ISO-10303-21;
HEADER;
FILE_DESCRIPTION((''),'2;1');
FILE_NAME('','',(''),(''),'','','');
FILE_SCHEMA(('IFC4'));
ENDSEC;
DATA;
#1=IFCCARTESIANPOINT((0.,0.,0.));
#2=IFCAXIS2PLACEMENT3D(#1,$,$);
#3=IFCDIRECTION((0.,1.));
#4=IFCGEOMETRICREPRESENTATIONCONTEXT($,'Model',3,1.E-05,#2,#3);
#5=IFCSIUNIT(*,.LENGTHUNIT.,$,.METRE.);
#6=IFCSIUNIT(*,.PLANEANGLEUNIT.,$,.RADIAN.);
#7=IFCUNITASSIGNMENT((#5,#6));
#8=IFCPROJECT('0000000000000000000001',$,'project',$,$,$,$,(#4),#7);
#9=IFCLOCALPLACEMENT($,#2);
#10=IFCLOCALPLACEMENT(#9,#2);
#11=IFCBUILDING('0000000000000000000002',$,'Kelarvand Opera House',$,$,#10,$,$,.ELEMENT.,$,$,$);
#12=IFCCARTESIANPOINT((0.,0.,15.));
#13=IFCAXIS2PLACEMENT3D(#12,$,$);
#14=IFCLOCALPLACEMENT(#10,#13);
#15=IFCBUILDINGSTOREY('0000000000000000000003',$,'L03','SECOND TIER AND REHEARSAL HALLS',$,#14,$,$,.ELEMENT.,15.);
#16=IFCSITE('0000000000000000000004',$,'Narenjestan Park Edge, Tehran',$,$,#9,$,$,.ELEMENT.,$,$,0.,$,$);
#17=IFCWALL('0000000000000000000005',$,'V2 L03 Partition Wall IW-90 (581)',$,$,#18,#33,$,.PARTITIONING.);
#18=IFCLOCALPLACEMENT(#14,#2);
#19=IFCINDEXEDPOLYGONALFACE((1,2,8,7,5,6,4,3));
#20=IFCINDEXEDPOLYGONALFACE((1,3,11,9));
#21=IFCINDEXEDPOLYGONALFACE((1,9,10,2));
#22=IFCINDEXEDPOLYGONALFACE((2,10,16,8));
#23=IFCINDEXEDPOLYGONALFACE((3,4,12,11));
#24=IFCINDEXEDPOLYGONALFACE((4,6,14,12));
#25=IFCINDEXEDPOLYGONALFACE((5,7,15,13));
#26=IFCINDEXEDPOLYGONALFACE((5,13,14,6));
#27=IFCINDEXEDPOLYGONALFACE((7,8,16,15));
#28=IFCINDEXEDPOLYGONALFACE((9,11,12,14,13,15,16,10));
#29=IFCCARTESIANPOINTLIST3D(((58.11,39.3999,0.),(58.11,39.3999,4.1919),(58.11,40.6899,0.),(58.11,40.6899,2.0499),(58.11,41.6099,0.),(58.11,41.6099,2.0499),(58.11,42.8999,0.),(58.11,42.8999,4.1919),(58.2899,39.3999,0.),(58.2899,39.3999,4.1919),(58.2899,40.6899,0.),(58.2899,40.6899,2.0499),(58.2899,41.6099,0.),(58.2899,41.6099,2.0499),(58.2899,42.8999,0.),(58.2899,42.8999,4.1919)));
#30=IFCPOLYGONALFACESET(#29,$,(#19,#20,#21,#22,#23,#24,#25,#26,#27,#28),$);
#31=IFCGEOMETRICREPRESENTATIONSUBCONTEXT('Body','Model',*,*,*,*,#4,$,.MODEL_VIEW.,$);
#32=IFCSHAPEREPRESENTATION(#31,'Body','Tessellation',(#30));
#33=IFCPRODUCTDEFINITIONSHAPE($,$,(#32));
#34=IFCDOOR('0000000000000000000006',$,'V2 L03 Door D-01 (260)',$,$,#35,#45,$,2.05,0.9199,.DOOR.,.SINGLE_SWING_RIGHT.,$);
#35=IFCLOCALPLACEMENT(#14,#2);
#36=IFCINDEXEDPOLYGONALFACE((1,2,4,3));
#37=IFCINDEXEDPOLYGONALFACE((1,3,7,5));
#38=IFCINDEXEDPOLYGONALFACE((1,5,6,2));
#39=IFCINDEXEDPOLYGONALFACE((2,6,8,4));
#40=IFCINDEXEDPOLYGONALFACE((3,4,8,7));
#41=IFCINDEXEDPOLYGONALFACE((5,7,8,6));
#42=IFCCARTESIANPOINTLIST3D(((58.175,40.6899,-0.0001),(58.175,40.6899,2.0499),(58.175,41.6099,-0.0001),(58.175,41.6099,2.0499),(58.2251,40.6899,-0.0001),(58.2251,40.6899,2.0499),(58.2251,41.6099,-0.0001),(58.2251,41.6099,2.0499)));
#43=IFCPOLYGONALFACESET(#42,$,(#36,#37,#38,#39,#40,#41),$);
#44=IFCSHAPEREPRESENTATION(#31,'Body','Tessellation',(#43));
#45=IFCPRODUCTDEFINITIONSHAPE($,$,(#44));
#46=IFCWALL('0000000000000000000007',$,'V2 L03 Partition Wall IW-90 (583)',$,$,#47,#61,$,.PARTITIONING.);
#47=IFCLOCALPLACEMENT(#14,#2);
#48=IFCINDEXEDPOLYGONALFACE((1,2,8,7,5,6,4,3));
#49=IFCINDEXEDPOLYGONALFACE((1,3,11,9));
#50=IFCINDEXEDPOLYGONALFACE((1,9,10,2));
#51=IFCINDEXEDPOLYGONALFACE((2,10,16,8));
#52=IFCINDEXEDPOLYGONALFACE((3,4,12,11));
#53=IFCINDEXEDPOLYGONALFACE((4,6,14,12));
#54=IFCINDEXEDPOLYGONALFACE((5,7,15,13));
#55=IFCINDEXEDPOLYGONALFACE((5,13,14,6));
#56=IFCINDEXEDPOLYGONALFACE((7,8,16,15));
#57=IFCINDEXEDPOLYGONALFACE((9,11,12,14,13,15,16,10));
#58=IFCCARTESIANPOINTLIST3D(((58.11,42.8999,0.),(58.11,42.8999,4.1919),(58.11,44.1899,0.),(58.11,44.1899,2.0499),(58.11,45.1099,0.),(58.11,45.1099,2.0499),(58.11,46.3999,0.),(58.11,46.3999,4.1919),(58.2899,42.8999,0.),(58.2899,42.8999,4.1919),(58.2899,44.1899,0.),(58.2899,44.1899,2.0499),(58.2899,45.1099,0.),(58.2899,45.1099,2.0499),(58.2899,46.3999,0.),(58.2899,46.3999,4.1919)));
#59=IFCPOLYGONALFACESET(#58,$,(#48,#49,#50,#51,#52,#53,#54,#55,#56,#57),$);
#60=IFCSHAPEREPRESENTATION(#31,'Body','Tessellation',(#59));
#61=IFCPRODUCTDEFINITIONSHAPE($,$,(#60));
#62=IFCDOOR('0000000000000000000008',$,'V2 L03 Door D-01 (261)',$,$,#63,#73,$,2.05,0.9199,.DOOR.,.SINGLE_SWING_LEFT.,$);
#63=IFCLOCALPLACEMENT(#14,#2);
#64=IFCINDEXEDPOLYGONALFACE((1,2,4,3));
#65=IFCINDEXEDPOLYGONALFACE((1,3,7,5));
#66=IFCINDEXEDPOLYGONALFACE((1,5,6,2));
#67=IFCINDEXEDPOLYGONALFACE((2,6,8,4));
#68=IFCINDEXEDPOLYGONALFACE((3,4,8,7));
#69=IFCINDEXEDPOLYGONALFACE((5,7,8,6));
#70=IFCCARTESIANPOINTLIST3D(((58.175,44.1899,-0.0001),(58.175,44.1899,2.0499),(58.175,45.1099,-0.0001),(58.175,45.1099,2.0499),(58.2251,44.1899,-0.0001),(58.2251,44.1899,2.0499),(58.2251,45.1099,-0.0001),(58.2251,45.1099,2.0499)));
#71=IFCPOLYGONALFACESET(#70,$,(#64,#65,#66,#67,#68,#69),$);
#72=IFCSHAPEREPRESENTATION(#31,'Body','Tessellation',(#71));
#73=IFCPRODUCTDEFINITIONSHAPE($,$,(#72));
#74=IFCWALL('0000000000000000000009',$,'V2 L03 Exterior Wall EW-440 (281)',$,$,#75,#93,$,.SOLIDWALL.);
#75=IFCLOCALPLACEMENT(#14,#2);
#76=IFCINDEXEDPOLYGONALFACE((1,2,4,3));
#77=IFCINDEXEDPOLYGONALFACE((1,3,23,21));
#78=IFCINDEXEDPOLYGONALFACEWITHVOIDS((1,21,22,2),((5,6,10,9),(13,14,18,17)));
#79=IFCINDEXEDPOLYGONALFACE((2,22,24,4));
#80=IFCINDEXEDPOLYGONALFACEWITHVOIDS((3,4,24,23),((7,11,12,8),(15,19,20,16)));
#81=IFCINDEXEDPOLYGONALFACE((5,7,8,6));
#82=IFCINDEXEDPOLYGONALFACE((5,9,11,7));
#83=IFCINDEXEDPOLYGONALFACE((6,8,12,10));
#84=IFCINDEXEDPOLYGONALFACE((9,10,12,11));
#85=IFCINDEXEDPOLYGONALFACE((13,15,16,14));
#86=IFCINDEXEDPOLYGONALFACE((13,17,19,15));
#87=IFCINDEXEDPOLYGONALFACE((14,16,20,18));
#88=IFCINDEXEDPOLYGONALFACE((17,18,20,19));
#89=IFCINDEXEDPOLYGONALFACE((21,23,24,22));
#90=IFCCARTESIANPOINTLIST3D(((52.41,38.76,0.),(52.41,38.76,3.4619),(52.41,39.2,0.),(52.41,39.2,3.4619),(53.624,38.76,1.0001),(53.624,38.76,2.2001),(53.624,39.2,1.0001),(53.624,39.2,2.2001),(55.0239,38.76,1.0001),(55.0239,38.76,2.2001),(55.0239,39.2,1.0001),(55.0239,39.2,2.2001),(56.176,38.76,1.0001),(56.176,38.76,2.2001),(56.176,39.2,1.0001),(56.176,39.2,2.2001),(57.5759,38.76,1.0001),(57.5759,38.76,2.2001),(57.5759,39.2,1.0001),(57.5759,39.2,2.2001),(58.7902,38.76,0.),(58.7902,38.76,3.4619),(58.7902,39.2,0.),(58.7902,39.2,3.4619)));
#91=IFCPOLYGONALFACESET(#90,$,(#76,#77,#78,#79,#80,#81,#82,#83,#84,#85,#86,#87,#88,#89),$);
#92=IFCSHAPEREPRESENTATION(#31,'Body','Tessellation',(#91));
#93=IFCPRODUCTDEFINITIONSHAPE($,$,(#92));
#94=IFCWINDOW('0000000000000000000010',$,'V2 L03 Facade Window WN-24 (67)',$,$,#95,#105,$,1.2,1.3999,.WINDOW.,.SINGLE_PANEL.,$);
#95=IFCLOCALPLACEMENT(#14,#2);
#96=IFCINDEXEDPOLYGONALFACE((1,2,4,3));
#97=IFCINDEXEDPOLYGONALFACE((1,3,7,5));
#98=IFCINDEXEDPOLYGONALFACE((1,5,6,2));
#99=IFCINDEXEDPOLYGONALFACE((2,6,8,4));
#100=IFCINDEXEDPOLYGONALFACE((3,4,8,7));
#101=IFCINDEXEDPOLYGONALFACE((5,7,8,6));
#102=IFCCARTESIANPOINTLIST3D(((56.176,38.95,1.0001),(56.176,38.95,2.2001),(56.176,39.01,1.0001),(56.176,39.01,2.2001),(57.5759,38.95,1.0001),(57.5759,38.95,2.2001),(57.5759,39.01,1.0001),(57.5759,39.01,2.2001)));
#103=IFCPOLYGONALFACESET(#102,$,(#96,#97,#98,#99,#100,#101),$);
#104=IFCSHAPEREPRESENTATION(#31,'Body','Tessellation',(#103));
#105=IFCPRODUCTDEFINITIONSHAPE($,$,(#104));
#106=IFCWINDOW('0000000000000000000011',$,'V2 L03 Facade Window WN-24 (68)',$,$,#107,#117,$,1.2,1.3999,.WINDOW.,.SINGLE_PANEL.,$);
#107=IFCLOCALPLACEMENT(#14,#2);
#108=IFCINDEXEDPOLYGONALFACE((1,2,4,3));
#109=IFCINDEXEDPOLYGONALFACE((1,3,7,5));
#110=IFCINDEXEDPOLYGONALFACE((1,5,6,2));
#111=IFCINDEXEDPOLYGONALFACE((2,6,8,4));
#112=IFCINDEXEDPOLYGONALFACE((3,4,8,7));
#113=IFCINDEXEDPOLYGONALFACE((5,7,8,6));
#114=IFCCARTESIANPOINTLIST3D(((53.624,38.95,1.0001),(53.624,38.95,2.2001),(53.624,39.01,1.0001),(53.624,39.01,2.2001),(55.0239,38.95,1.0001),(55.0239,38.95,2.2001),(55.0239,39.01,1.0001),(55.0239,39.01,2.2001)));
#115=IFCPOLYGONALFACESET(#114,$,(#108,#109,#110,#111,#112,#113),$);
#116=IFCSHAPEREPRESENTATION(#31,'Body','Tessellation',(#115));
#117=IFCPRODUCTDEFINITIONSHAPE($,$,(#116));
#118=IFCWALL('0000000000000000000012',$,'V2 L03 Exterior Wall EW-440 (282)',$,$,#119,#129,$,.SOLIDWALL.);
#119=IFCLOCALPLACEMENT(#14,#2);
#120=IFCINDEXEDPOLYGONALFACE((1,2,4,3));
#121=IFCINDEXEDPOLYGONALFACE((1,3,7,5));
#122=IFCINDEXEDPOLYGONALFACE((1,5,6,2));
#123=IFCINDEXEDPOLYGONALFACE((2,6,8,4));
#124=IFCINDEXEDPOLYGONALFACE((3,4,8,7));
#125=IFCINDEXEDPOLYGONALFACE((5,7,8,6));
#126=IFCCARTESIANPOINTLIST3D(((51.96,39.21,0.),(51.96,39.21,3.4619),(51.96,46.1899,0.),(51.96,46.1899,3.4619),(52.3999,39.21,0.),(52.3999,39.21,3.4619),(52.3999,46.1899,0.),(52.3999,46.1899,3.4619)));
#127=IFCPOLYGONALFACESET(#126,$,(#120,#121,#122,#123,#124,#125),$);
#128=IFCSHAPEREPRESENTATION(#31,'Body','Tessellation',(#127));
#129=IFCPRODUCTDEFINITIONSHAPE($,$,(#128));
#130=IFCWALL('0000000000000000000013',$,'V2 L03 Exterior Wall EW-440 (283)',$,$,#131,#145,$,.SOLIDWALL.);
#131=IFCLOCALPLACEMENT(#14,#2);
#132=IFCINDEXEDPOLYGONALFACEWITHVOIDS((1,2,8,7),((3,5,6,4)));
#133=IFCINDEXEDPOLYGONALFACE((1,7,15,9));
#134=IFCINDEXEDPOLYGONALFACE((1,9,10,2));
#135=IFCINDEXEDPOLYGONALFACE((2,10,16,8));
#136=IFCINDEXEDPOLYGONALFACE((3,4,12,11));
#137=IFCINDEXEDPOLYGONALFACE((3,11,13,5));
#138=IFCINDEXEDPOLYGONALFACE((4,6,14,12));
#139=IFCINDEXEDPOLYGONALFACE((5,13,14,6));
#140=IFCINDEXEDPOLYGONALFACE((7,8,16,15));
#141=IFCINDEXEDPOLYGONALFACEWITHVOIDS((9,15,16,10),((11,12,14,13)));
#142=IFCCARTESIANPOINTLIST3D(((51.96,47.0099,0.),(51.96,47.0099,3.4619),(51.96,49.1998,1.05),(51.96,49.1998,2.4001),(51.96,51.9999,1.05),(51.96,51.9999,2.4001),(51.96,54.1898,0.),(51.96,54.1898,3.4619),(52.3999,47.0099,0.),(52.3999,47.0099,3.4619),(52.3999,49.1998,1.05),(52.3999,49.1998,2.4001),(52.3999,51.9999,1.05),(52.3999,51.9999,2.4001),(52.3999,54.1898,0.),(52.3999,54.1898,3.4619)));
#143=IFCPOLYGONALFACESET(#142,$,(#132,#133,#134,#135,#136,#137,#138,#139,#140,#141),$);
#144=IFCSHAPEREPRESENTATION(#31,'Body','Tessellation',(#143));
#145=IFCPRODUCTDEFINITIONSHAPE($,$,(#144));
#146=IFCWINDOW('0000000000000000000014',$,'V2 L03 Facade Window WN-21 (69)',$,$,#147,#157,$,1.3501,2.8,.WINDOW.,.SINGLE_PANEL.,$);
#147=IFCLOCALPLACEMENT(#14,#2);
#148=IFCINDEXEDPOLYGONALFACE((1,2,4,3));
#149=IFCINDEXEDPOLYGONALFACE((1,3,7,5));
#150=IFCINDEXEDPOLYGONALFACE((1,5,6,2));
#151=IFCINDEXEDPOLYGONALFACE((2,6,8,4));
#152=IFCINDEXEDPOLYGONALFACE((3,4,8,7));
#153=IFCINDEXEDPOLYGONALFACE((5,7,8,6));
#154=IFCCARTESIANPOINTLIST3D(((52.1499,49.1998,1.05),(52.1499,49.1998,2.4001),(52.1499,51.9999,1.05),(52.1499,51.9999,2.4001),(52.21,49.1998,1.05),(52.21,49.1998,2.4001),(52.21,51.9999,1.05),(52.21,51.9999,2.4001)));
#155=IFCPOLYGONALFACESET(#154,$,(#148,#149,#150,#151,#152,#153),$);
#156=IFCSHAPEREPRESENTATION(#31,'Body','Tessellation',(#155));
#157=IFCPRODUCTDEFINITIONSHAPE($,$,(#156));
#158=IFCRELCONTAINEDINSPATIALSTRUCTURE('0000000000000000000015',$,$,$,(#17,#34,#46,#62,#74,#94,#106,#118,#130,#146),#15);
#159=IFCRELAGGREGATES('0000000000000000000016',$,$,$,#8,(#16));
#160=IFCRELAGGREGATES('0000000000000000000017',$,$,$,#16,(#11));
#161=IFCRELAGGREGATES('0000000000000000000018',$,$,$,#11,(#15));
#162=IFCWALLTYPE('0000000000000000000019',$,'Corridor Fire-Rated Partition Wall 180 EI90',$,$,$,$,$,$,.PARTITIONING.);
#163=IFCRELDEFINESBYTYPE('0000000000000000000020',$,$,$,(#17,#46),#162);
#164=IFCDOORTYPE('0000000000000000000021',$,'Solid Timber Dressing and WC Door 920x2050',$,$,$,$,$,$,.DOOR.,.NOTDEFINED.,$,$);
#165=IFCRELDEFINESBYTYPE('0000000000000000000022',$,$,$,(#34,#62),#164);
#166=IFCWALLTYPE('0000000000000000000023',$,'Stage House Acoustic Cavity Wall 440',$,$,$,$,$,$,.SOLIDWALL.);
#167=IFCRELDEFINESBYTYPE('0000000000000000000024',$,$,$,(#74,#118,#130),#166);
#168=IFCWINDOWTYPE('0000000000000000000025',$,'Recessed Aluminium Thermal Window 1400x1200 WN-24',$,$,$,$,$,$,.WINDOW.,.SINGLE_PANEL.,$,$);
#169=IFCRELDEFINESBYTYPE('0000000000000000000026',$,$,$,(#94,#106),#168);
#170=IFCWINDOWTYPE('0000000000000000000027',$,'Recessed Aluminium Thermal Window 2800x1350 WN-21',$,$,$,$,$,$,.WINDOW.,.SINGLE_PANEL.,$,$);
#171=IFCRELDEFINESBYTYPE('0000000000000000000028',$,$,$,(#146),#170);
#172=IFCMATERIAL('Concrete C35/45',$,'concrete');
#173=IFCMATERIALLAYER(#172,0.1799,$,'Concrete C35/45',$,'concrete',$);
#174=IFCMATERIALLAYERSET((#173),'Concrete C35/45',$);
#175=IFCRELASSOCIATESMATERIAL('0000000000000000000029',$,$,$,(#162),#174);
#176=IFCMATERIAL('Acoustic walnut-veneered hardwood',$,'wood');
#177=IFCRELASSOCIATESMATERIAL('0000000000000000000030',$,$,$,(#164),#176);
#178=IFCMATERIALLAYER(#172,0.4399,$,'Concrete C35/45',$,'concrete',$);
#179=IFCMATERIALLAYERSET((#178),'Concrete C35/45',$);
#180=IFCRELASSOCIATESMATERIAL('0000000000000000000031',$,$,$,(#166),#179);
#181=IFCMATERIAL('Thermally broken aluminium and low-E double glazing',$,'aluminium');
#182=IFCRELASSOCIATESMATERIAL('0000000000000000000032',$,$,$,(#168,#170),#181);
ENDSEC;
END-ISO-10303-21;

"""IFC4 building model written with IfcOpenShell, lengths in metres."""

from ifc_helpers import new_model, si_unit, direction, frame, frame_2d, origin, place, context, subcontext, project, spatial, rectangle, extrude, material, layer, layer_set, type_object, element, fill, save


model = new_model("IFC4")

# Units and contexts
model_context = context("Model", 3, precision=1e-05, world=origin(), true_north=direction((0.0, 1.0)))
body_context = subcontext(model_context, "Body", "Model", "MODEL_VIEW")
ifc_project = project(units=[si_unit("LENGTHUNIT", "METRE"), si_unit("PLANEANGLEUNIT", "RADIAN")], contexts=[model_context])

# Site, building, storey
site_placement = place(None, origin())
site = spatial("IfcSite", under=ifc_project, at=site_placement, Name="Narenjestan Park Edge, Tehran", CompositionType="ELEMENT", RefElevation=0.0)
building_placement = place(site_placement, origin())
building = spatial("IfcBuilding", under=site, at=building_placement, Name="Kelarvand Opera House", CompositionType="ELEMENT")
storey_placement = place(building_placement, frame((0.0, 0.0, 15.0)))
storey = spatial("IfcBuildingStorey", under=building, at=storey_placement, Name="L03", Description="SECOND TIER AND REHEARSAL HALLS", CompositionType="ELEMENT", Elevation=15.0)

# Walls, openings, doors
ifc_material_1 = material(Name="Concrete C35/45", Category="concrete")
ifc_layer_1 = layer(ifc_material_1, 0.1799, Name="Concrete C35/45", Category="concrete")
ifc_layer_set_1 = layer_set([ifc_layer_1], Name="Concrete C35/45")
wall_type_1 = type_object("IfcWallType", Name="Corridor Fire-Rated Partition Wall 180 EI90", PredefinedType="PARTITIONING", material=ifc_layer_set_1)
wall_1_placement = place(storey_placement, frame((58.2, 39.3999, 0.0), z_axis=(0.0, 0.0, 1.0), x_axis=(0.0, 1.0, 0.0)))
wall_1 = element("IfcWall", 1, at=wall_1_placement, inside=storey, type_object=wall_type_1, Name="V2 L03 Partition Wall IW-90 (581)", PredefinedType="PARTITIONING", context=body_context, shape_type="SweptSolid", body=[
    extrude(rectangle(XDim=3.5, YDim=0.1799, at=frame_2d((1.75, 0.0))), origin(), (0.0, 0.0, 1.0), 4.1919),
])
opening_1_placement = place(wall_1_placement, frame((1.29, 0.0, 0.0)))
opening_1 = element("IfcOpeningElement", 2, at=opening_1_placement, cuts=wall_1, PredefinedType="OPENING", context=body_context, shape_type="SweptSolid", body=[
    extrude(rectangle(XDim=0.9199, YDim=2.05, at=frame_2d((0.46, 1.0249))), frame((0.0, 0.1001, 0.0), z_axis=(0.0, -1.0, 0.0), x_axis=(1.0, 0.0, 0.0)), (0.0, 0.0, 1.0), 0.2),
])
ifc_material_2 = material(Name="Acoustic walnut-veneered hardwood", Category="wood")
door_type = type_object("IfcDoorType", Name="Solid Timber Dressing and WC Door 920x2050", OperationType="NOTDEFINED", PredefinedType="DOOR", material=ifc_material_2)
door_1_placement = place(opening_1_placement, origin())
door_1 = element("IfcDoor", 3, at=door_1_placement, inside=storey, type_object=door_type, Name="V2 L03 Door D-01 (260)", OperationType="SINGLE_SWING_RIGHT", OverallHeight=2.05, OverallWidth=0.9199, PredefinedType="DOOR", context=body_context, shape_type="SweptSolid", body=[
    extrude(rectangle(XDim=0.9199, YDim=2.05, at=frame_2d((0.46, 1.0249))), frame((0.0, 0.0249, 0.0), z_axis=(0.0, -1.0, 0.0), x_axis=(1.0, 0.0, 0.0)), (0.0, 0.0, 1.0), 0.05),
])
fill(opening_1, door_1)
wall_2_placement = place(storey_placement, frame((58.2, 42.8999, 0.0), z_axis=(0.0, 0.0, 1.0), x_axis=(0.0, 1.0, 0.0)))
wall_2 = element("IfcWall", 4, at=wall_2_placement, inside=storey, type_object=wall_type_1, Name="V2 L03 Partition Wall IW-90 (583)", PredefinedType="PARTITIONING", context=body_context, shape_type="SweptSolid", body=[
    extrude(rectangle(XDim=3.5, YDim=0.1799, at=frame_2d((1.75, 0.0))), origin(), (0.0, 0.0, 1.0), 4.1919),
])
opening_2_placement = place(wall_2_placement, frame((1.29, 0.0, 0.0)))
opening_2 = element("IfcOpeningElement", 5, at=opening_2_placement, cuts=wall_2, PredefinedType="OPENING", context=body_context, shape_type="SweptSolid", body=[
    extrude(rectangle(XDim=0.9199, YDim=2.05, at=frame_2d((0.46, 1.0249))), frame((0.0, 0.1001, 0.0), z_axis=(0.0, -1.0, 0.0), x_axis=(1.0, 0.0, 0.0)), (0.0, 0.0, 1.0), 0.2),
])
door_2_placement = place(opening_2_placement, origin())
door_2 = element("IfcDoor", 6, at=door_2_placement, inside=storey, type_object=door_type, Name="V2 L03 Door D-01 (261)", OperationType="SINGLE_SWING_LEFT", OverallHeight=2.05, OverallWidth=0.9199, PredefinedType="DOOR", context=body_context, shape_type="SweptSolid", body=[
    extrude(rectangle(XDim=0.9199, YDim=2.05, at=frame_2d((0.46, 1.0249))), frame((0.0, 0.0249, 0.0), z_axis=(0.0, -1.0, 0.0), x_axis=(1.0, 0.0, 0.0)), (0.0, 0.0, 1.0), 0.05),
])
fill(opening_2, door_2)

# Wall, openings, windows
ifc_layer_2 = layer(ifc_material_1, 0.4399, Name="Concrete C35/45", Category="concrete")
ifc_layer_set_2 = layer_set([ifc_layer_2], Name="Concrete C35/45")
wall_type_2 = type_object("IfcWallType", Name="Stage House Acoustic Cavity Wall 440", PredefinedType="SOLIDWALL", material=ifc_layer_set_2)
wall_3_placement = place(storey_placement, frame((58.79, 38.98, 0.0), z_axis=(0.0, 0.0, 1.0), x_axis=(-1.0, 0.0, 0.0)))
wall_3 = element("IfcWall", 7, at=wall_3_placement, inside=storey, type_object=wall_type_2, Name="V2 L03 Exterior Wall EW-440 (281)", PredefinedType="SOLIDWALL", context=body_context, shape_type="SweptSolid", body=[
    extrude(rectangle(XDim=6.3801, YDim=0.4399, at=frame_2d((3.1899, 0.0))), origin(), (0.0, 0.0, 1.0), 3.4619),
])
opening_3_placement = place(wall_3_placement, frame((1.2141, 0.0, 1.0)))
opening_3 = element("IfcOpeningElement", 8, at=opening_3_placement, cuts=wall_3, PredefinedType="OPENING", context=body_context, shape_type="SweptSolid", body=[
    extrude(rectangle(XDim=1.3999, YDim=1.2, at=frame_2d((0.7, 0.6001))), frame((0.0, 0.23, 0.0), z_axis=(0.0, -1.0, 0.0), x_axis=(1.0, 0.0, 0.0)), (0.0, 0.0, 1.0), 0.46),
])
opening_4_placement = place(wall_3_placement, frame((3.7661, 0.0, 1.0)))
opening_4 = element("IfcOpeningElement", 9, at=opening_4_placement, cuts=wall_3, PredefinedType="OPENING", context=body_context, shape_type="SweptSolid", body=[
    extrude(rectangle(XDim=1.3999, YDim=1.2, at=frame_2d((0.7, 0.6001))), frame((0.0, 0.23, 0.0), z_axis=(0.0, -1.0, 0.0), x_axis=(1.0, 0.0, 0.0)), (0.0, 0.0, 1.0), 0.46),
])
ifc_material_3 = material(Name="Thermally broken aluminium and low-E double glazing", Category="aluminium")
window_type_1 = type_object("IfcWindowType", Name="Recessed Aluminium Thermal Window 1400x1200 WN-24", PartitioningType="SINGLE_PANEL", PredefinedType="WINDOW", material=ifc_material_3)
window_1_placement = place(opening_3_placement, origin())
window_1 = element("IfcWindow", 10, at=window_1_placement, inside=storey, type_object=window_type_1, Name="V2 L03 Facade Window WN-24 (67)", OverallHeight=1.2, OverallWidth=1.3999, PartitioningType="SINGLE_PANEL", PredefinedType="WINDOW", context=body_context, shape_type="SweptSolid", body=[
    extrude(rectangle(XDim=1.3999, YDim=1.2, at=frame_2d((0.7, 0.6001))), frame((0.0, 0.03, 0.0), z_axis=(0.0, -1.0, 0.0), x_axis=(1.0, 0.0, 0.0)), (0.0, 0.0, 1.0), 0.0601),
])
fill(opening_3, window_1)
window_2_placement = place(opening_4_placement, origin())
window_2 = element("IfcWindow", 11, at=window_2_placement, inside=storey, type_object=window_type_1, Name="V2 L03 Facade Window WN-24 (68)", OverallHeight=1.2, OverallWidth=1.3999, PartitioningType="SINGLE_PANEL", PredefinedType="WINDOW", context=body_context, shape_type="SweptSolid", body=[
    extrude(rectangle(XDim=1.3999, YDim=1.2, at=frame_2d((0.7, 0.6001))), frame((0.0, 0.03, 0.0), z_axis=(0.0, -1.0, 0.0), x_axis=(1.0, 0.0, 0.0)), (0.0, 0.0, 1.0), 0.0601),
])
fill(opening_4, window_2)

# Wall
wall_4_placement = place(storey_placement, frame((52.1799, 39.21, 0.0), z_axis=(0.0, 0.0, 1.0), x_axis=(0.0, 1.0, 0.0)))
element("IfcWall", 12, at=wall_4_placement, inside=storey, type_object=wall_type_2, Name="V2 L03 Exterior Wall EW-440 (282)", PredefinedType="SOLIDWALL", context=body_context, shape_type="SweptSolid", body=[
    extrude(rectangle(XDim=6.98, YDim=0.4399, at=frame_2d((3.49, 0.0))), origin(), (0.0, 0.0, 1.0), 3.4619),
])

# Wall, opening, window
wall_5_placement = place(storey_placement, frame((52.1799, 47.01, 0.0), z_axis=(0.0, 0.0, 1.0), x_axis=(0.0, 1.0, 0.0)))
wall_5 = element("IfcWall", 13, at=wall_5_placement, inside=storey, type_object=wall_type_2, Name="V2 L03 Exterior Wall EW-440 (283)", PredefinedType="SOLIDWALL", context=body_context, shape_type="SweptSolid", body=[
    extrude(rectangle(XDim=7.1799, YDim=0.4399, at=frame_2d((3.5898, 0.0))), origin(), (0.0, 0.0, 1.0), 3.4619),
])
opening_5_placement = place(wall_5_placement, frame((2.1899, 0.0, 1.05)))
opening_5 = element("IfcOpeningElement", 14, at=opening_5_placement, cuts=wall_5, PredefinedType="OPENING", context=body_context, shape_type="SweptSolid", body=[
    extrude(rectangle(XDim=2.8, YDim=1.3501, at=frame_2d((1.3999, 0.675))), frame((0.0, 0.23, 0.0), z_axis=(0.0, -1.0, 0.0), x_axis=(1.0, 0.0, 0.0)), (0.0, 0.0, 1.0), 0.46),
])
window_type_2 = type_object("IfcWindowType", Name="Recessed Aluminium Thermal Window 2800x1350 WN-21", PartitioningType="SINGLE_PANEL", PredefinedType="WINDOW", material=ifc_material_3)
window_3_placement = place(opening_5_placement, origin())
window_3 = element("IfcWindow", 15, at=window_3_placement, inside=storey, type_object=window_type_2, Name="V2 L03 Facade Window WN-21 (69)", OverallHeight=1.3501, OverallWidth=2.8, PartitioningType="SINGLE_PANEL", PredefinedType="WINDOW", context=body_context, shape_type="SweptSolid", body=[
    extrude(rectangle(XDim=2.8, YDim=1.3501, at=frame_2d((1.3999, 0.675))), frame((0.0, 0.03, 0.0), z_axis=(0.0, -1.0, 0.0), x_axis=(1.0, 0.0, 0.0)), (0.0, 0.0, 1.0), 0.0601),
])
fill(opening_5, window_3)

save(model, "model.ifc")
